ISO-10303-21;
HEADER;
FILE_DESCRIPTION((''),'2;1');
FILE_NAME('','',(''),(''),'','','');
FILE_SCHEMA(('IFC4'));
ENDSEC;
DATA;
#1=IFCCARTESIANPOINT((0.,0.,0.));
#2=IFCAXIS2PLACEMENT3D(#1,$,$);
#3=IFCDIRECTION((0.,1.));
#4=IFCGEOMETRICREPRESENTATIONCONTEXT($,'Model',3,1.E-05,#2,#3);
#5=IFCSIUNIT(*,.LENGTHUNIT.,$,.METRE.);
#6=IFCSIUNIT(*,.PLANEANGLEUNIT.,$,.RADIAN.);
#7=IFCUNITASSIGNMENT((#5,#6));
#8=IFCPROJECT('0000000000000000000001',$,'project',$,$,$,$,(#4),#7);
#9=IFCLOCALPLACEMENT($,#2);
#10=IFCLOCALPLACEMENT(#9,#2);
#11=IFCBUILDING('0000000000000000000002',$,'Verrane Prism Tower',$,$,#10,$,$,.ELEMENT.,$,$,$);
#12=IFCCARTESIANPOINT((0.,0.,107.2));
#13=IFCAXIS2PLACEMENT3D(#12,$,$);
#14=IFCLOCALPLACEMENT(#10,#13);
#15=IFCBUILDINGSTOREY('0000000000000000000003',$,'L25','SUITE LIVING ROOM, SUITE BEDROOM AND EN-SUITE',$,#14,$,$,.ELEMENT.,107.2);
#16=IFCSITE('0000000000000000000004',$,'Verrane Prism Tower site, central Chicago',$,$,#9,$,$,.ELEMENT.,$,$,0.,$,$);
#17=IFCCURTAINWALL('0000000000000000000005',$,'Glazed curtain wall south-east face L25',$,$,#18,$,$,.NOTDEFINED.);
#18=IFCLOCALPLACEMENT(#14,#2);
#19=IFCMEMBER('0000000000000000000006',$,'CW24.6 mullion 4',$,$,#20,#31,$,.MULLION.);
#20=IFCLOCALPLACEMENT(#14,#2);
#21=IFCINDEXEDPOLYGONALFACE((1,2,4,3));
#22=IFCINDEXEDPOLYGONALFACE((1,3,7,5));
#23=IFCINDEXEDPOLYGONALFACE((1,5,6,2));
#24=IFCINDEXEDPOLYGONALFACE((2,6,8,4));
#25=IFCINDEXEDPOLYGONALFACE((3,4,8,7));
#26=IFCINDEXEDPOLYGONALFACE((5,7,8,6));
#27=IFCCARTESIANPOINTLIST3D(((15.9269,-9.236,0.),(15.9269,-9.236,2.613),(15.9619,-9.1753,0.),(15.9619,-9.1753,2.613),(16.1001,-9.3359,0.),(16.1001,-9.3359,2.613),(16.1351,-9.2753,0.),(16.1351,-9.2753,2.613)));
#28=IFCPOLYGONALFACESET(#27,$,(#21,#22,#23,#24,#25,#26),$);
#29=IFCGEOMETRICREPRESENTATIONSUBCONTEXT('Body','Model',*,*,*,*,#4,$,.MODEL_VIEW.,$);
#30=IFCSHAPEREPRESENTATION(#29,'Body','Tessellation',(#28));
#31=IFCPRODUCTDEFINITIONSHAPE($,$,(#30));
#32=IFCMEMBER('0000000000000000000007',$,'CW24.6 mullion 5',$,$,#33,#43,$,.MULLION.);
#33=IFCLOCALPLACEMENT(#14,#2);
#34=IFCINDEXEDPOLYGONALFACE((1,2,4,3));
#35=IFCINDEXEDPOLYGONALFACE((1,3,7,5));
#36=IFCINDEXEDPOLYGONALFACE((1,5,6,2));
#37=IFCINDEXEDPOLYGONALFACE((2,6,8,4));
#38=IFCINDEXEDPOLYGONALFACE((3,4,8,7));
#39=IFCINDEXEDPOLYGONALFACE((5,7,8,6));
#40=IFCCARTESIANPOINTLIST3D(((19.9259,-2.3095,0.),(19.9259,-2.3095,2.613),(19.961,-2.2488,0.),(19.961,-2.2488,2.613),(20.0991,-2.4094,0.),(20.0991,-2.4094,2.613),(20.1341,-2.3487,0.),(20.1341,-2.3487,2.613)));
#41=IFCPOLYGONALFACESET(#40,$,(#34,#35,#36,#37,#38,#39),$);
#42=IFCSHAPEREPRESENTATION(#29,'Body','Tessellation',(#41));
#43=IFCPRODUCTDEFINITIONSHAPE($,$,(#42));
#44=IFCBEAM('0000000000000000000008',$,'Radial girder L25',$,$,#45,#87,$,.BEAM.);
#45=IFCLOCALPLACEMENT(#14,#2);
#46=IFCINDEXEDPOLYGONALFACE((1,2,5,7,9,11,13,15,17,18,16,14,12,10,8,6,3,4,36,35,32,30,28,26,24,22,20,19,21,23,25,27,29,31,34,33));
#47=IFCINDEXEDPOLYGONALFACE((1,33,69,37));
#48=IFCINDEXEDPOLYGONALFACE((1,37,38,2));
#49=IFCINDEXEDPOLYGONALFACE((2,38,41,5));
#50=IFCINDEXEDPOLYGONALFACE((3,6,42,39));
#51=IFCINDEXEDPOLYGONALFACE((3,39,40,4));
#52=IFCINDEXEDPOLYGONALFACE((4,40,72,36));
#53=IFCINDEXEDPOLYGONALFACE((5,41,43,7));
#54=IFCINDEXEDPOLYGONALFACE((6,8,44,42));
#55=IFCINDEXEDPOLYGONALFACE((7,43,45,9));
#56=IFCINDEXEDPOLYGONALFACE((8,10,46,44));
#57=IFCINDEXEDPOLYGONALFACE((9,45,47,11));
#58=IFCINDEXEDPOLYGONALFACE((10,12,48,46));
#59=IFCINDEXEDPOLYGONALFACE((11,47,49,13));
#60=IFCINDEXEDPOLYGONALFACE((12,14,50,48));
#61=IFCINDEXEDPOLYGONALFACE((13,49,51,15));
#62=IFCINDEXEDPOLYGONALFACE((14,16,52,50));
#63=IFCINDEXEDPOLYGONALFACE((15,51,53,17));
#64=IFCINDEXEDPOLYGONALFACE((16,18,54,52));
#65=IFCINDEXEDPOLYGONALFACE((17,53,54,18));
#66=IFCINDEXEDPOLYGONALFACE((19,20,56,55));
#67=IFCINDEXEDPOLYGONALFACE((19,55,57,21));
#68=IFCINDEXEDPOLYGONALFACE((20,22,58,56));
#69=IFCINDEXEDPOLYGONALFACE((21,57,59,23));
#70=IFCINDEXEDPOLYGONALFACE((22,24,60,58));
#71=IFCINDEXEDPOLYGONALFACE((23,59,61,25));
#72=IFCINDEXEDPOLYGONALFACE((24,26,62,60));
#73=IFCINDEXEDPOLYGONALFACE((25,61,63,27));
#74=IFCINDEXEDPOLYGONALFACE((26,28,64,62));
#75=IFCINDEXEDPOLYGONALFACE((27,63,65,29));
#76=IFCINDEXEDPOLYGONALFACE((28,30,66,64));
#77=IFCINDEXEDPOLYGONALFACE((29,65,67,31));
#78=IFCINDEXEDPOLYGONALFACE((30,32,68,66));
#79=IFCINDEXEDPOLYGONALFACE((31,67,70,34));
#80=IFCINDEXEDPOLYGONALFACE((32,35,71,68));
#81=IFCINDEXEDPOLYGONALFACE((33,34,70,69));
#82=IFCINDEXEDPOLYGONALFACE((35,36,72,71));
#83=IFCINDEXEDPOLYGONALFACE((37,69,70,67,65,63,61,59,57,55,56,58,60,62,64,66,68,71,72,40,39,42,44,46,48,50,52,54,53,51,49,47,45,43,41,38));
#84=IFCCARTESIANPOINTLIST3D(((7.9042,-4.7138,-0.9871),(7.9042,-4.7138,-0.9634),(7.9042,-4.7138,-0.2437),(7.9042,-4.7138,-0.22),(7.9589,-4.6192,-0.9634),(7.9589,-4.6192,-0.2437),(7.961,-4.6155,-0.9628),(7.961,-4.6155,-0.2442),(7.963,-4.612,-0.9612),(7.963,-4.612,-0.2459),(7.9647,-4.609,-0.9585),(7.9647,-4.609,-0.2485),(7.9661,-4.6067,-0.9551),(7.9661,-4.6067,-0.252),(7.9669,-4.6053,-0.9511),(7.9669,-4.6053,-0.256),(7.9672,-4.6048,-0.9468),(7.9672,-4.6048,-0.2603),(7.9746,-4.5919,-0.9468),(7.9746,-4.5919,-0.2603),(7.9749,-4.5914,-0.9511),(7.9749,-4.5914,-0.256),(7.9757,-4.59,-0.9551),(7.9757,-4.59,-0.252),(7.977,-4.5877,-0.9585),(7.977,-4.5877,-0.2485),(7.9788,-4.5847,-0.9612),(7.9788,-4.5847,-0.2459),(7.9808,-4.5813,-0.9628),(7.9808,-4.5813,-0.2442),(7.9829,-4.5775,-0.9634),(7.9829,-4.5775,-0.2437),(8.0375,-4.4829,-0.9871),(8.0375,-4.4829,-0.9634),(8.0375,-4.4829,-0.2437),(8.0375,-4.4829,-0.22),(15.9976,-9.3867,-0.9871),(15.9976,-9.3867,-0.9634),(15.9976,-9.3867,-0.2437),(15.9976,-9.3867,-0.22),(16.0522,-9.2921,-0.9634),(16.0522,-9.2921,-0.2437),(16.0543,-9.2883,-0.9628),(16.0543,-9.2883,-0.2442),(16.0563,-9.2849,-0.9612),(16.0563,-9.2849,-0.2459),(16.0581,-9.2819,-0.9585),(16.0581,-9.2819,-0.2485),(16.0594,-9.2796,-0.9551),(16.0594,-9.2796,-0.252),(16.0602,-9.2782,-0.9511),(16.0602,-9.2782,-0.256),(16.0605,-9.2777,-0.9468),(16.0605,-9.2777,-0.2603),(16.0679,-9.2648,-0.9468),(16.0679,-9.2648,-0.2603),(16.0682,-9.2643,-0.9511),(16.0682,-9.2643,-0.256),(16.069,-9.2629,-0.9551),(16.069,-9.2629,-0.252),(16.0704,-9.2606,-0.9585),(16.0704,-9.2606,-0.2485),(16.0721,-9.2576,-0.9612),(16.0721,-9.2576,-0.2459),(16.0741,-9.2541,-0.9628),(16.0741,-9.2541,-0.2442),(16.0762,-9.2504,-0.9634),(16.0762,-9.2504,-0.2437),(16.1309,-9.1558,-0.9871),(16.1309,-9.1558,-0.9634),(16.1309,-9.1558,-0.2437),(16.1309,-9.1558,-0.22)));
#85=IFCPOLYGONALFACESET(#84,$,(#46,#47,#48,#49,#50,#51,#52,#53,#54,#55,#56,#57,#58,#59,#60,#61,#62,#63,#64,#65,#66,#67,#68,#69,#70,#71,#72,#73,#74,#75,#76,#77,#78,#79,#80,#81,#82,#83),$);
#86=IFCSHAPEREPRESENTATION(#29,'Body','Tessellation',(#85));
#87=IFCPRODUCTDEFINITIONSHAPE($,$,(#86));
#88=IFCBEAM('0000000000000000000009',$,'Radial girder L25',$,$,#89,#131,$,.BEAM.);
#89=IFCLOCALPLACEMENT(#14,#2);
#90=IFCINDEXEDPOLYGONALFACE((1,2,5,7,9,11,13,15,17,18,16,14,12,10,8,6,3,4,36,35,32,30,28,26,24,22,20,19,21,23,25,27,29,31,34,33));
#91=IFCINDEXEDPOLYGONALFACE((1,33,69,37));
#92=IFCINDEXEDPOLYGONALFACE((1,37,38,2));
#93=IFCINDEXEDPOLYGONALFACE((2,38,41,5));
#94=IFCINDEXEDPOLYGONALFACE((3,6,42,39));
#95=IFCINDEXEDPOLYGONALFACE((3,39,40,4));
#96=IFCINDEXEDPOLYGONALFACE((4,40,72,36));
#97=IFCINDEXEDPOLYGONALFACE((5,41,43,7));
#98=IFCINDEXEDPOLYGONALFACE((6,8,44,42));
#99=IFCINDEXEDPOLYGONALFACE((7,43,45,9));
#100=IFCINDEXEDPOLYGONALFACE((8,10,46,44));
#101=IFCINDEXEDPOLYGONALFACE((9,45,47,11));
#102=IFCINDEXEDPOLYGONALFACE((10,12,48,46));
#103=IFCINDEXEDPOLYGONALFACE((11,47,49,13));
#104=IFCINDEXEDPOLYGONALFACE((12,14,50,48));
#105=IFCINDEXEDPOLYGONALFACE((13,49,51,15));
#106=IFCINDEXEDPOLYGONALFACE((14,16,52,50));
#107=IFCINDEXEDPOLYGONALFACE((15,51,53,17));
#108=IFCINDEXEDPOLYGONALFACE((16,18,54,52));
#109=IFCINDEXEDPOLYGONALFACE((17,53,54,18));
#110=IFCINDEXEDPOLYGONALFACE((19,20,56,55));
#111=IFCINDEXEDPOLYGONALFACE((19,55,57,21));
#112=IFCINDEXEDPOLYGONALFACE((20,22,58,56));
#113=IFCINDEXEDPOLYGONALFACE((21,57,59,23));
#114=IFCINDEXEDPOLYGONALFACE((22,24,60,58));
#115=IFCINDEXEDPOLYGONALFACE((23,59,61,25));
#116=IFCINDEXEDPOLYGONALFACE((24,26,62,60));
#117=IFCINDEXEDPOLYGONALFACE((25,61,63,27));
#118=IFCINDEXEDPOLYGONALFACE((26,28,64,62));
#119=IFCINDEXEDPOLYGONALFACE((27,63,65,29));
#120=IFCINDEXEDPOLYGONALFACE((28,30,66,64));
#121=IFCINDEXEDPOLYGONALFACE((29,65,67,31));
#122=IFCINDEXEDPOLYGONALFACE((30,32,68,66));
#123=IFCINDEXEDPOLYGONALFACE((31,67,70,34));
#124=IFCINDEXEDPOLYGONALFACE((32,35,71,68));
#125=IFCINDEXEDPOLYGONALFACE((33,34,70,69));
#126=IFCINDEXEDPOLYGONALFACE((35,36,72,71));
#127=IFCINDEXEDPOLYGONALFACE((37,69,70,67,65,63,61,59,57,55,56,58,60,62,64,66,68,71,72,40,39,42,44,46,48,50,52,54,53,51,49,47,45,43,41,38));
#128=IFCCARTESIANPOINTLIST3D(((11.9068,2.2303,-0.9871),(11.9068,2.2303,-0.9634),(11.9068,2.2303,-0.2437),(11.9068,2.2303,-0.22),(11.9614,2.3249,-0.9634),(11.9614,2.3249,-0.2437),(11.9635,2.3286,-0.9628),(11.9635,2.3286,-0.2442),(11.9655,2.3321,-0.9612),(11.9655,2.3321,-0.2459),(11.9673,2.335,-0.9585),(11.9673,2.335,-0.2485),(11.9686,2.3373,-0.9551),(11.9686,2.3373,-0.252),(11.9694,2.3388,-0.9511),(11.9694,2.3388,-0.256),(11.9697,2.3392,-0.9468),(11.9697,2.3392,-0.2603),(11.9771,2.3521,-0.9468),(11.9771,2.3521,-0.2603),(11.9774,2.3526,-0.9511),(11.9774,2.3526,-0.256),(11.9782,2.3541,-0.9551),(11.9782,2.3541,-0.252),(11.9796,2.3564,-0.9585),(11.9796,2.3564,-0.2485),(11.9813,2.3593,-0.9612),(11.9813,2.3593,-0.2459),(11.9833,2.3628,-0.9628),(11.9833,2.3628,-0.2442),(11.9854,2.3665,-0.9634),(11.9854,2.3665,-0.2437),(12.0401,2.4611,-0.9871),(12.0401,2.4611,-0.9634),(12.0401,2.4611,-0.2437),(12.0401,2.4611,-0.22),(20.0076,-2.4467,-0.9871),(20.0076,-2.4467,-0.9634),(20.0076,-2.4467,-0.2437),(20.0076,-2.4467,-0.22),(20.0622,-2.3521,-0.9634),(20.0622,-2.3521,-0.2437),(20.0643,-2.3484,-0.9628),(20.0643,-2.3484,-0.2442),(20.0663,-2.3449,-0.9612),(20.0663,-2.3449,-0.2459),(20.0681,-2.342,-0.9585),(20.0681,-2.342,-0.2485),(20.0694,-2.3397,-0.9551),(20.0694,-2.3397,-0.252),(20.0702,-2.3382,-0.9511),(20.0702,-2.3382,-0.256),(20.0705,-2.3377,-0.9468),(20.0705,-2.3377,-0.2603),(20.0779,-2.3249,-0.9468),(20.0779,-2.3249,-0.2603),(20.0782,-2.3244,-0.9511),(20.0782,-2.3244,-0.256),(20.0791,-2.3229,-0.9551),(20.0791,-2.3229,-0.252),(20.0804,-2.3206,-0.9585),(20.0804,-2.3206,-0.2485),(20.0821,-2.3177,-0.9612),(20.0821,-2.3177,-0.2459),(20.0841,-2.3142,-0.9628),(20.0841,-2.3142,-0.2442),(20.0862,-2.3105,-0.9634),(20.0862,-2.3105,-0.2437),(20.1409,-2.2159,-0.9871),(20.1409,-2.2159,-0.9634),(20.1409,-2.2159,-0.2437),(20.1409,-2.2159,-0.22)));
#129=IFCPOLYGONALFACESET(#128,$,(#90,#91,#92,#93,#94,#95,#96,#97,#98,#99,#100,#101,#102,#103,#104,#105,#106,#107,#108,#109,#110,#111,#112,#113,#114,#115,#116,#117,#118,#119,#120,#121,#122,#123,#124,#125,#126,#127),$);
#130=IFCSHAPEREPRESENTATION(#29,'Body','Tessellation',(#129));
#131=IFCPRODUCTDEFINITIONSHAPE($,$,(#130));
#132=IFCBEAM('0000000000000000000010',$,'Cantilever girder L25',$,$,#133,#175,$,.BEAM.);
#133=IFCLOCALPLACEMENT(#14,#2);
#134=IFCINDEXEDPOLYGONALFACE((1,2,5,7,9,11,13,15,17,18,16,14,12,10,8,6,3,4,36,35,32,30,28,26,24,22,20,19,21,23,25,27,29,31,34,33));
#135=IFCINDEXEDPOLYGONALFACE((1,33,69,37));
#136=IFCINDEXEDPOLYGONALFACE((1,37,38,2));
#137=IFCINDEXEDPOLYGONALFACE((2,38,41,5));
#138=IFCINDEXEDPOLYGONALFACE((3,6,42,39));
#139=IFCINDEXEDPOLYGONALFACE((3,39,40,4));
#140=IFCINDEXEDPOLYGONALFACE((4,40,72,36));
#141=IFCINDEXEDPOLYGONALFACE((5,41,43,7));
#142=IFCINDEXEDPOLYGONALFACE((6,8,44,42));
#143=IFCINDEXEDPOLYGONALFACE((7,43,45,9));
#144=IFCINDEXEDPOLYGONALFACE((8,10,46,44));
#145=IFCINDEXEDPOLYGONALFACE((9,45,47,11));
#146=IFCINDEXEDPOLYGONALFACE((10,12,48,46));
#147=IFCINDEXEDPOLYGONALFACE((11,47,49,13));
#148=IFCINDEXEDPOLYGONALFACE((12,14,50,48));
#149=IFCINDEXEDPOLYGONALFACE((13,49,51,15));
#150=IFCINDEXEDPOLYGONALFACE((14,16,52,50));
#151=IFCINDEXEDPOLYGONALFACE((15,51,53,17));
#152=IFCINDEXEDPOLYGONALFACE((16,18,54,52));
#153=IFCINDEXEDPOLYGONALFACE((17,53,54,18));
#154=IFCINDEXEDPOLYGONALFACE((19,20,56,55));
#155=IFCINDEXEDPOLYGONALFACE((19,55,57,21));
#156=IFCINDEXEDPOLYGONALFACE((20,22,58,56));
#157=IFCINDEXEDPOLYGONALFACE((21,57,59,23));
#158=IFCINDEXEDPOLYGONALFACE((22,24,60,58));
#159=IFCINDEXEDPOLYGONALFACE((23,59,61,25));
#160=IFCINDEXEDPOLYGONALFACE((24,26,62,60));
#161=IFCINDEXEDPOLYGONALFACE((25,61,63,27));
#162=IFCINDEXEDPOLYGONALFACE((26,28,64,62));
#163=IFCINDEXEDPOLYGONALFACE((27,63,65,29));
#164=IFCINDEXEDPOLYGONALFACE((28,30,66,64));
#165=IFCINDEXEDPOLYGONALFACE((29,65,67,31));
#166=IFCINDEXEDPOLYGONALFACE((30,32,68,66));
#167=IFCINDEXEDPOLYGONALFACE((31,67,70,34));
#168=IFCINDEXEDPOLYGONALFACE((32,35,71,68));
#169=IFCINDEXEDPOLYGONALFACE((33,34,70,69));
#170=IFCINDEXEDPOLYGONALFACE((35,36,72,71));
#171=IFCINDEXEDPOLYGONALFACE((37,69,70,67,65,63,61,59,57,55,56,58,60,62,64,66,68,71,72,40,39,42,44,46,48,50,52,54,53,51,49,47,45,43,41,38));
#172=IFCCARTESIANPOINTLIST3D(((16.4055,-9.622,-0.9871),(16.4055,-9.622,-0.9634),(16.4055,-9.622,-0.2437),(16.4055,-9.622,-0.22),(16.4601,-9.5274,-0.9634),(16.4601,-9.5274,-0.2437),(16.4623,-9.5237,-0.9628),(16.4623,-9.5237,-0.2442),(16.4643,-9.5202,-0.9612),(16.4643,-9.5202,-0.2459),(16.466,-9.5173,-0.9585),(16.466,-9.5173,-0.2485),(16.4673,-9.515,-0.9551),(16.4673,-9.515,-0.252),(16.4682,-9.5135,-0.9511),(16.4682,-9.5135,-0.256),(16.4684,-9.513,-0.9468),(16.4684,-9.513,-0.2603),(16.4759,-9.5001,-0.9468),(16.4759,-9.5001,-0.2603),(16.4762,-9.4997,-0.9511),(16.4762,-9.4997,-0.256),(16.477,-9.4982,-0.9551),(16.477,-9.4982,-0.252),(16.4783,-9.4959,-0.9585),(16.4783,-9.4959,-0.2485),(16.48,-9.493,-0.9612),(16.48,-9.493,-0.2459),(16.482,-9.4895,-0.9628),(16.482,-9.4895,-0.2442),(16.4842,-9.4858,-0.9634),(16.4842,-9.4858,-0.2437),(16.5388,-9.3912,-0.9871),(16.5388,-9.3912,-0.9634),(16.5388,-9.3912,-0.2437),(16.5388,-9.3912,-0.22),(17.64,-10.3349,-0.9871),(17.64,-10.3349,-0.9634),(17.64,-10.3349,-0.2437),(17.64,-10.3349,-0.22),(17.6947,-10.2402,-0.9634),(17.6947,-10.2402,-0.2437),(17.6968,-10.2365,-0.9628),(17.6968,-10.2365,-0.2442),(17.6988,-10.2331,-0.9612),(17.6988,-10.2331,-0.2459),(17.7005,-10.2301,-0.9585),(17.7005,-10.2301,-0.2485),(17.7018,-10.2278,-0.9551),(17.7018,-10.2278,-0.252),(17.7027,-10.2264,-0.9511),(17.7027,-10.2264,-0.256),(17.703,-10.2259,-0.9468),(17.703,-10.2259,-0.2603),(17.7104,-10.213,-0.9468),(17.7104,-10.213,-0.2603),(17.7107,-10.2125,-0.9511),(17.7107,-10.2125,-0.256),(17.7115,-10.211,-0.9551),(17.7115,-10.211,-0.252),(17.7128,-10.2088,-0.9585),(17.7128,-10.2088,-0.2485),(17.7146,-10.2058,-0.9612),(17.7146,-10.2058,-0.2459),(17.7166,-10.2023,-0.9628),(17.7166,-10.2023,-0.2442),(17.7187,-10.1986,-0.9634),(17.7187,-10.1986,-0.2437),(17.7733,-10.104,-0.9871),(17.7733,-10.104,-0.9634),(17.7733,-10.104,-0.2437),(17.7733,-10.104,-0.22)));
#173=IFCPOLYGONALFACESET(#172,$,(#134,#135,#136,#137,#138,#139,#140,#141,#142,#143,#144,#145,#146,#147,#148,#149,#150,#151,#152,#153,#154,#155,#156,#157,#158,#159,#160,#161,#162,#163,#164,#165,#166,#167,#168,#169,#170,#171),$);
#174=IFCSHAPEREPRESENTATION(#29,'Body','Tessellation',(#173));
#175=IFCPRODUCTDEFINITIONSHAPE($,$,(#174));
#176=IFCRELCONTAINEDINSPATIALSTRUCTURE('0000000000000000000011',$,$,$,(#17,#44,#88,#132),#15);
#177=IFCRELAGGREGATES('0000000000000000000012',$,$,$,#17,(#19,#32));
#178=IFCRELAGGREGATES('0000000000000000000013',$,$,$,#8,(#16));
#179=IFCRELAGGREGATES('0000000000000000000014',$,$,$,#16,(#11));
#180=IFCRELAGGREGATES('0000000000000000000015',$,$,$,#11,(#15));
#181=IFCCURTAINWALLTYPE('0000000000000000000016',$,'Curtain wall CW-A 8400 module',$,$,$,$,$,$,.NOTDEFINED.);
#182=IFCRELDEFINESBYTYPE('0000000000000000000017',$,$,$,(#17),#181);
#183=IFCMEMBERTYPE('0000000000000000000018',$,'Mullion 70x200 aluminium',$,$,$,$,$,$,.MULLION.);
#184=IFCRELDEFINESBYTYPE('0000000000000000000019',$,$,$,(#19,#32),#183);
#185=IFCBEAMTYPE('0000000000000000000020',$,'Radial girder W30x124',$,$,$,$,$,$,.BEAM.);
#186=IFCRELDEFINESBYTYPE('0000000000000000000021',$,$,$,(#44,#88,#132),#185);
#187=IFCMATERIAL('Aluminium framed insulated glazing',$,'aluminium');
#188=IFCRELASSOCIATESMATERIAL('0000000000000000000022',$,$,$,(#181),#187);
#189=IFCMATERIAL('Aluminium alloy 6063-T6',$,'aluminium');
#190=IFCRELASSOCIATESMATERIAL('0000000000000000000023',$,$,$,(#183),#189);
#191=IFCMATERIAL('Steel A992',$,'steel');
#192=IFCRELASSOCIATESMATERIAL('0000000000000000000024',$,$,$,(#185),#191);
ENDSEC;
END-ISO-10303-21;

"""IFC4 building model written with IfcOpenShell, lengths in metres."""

from ifc_helpers import new_model, si_unit, direction, frame, origin, origin_2d, place, context, subcontext, project, spatial, rectangle, i_section, extrude, material, material_profile, profile_set, type_object, element, aggregate, save


model = new_model("IFC4")

# Units and contexts
model_context = context("Model", 3, precision=1e-05, world=origin(), true_north=direction((0.0, 1.0)))
body_context = subcontext(model_context, "Body", "Model", "MODEL_VIEW")
ifc_project = project(units=[si_unit("LENGTHUNIT", "METRE"), si_unit("PLANEANGLEUNIT", "RADIAN")], contexts=[model_context])

# Site, building, storey
site_placement = place(None, origin())
site = spatial("IfcSite", under=ifc_project, at=site_placement, Name="Verrane Prism Tower site, central Chicago", CompositionType="ELEMENT", RefElevation=0.0)
building_placement = place(site_placement, origin())
building = spatial("IfcBuilding", under=site, at=building_placement, Name="Verrane Prism Tower", CompositionType="ELEMENT")
storey_placement = place(building_placement, frame((0.0, 0.0, 107.2)))
storey = spatial("IfcBuildingStorey", under=building, at=storey_placement, Name="L25", Description="SUITE LIVING ROOM, SUITE BEDROOM AND EN-SUITE", CompositionType="ELEMENT", Elevation=107.2)

# Curtain wall, members
ifc_material_1 = material(Name="Aluminium framed insulated glazing", Category="aluminium")
curtain_wall_type = type_object("IfcCurtainWallType", Name="Curtain wall CW-A 8400 module", PredefinedType="NOTDEFINED", material=ifc_material_1)
curtain_wall_placement = place(storey_placement, origin())
curtain_wall = element("IfcCurtainWall", 1, at=curtain_wall_placement, inside=storey, type_object=curtain_wall_type, Name="Glazed curtain wall south-east face L25", PredefinedType="NOTDEFINED")
ifc_material_2 = material(Name="Aluminium alloy 6063-T6", Category="aluminium")
ifc_material_profile_1 = material_profile(ifc_material_2, rectangle(XDim=0.2, YDim=0.0701, at=origin_2d()), Name="Mullion 70x200 aluminium")
ifc_profile_set_1 = profile_set([ifc_material_profile_1], Name="Aluminium alloy 6063-T6")
member_type_1 = type_object("IfcMemberType", Name="Mullion 70x200 aluminium", PredefinedType="MULLION", material=ifc_profile_set_1)
member_1_placement = place(storey_placement, frame((16.031, -9.2556, 0.0), z_axis=(0.0, 0.0, 1.0), x_axis=(-0.866025, 0.5, 0.0)))
member_1 = element("IfcMember", 2, at=member_1_placement, type_object=member_type_1, Name="CW24.6 mullion 4", PredefinedType="MULLION", context=body_context, shape_type="SweptSolid", body=[
    extrude(rectangle(XDim=0.2, YDim=0.0701, at=origin_2d()), origin(), (0.0, 0.0, 1.0), 2.613),
])
member_2_placement = place(storey_placement, frame((20.03, -2.3291, 0.0), z_axis=(0.0, 0.0, 1.0), x_axis=(-0.866025, 0.5, 0.0)))
member_2 = element("IfcMember", 3, at=member_2_placement, type_object=member_type_1, Name="CW24.6 mullion 5", PredefinedType="MULLION", context=body_context, shape_type="SweptSolid", body=[
    extrude(rectangle(XDim=0.2, YDim=0.0701, at=origin_2d()), origin(), (0.0, 0.0, 1.0), 2.613),
])

# Beams
ifc_material_3 = material(Name="Steel A992", Category="steel")
ifc_material_profile_2 = material_profile(ifc_material_3, i_section(OverallWidth=0.2666, OverallDepth=0.7671, WebThickness=0.0149, FlangeThickness=0.0237, FilletRadius=0.0166, at=origin_2d()), Name="W30x124")
ifc_profile_set_2 = profile_set([ifc_material_profile_2], Name="Steel A992")
beam_type_1 = type_object("IfcBeamType", Name="Radial girder W30x124", PredefinedType="BEAM", material=ifc_profile_set_2)
beam_1_placement = place(storey_placement, frame((16.0642, -9.2712, -0.6035), z_axis=(-0.866016, 0.500016, 0.0), x_axis=(-0.500016, -0.866016, 0.0)))
element("IfcBeam", 4, at=beam_1_placement, inside=storey, type_object=beam_type_1, Name="Radial girder L25", PredefinedType="BEAM", context=body_context, shape_type="SweptSolid", body=[
    extrude(i_section(OverallWidth=0.2666, OverallDepth=0.7671, WebThickness=0.0149, FlangeThickness=0.0237, FilletRadius=0.0166, at=origin_2d()), origin(), (0.0, 0.0, 1.0), 9.3455),
])
beam_2_placement = place(storey_placement, frame((20.0742, -2.3313, -0.6035), z_axis=(-0.866026, 0.499999, 0.0), x_axis=(-0.499999, -0.866026, 0.0)))
element("IfcBeam", 5, at=beam_2_placement, inside=storey, type_object=beam_type_1, Name="Radial girder L25", PredefinedType="BEAM", context=body_context, shape_type="SweptSolid", body=[
    extrude(i_section(OverallWidth=0.2666, OverallDepth=0.7671, WebThickness=0.0149, FlangeThickness=0.0237, FilletRadius=0.0166, at=origin_2d()), origin(), (0.0, 0.0, 1.0), 9.354),
])
beam_3_placement = place(storey_placement, frame((16.4722, -9.5066, -0.6035), z_axis=(0.866, -0.500044, 0.0), x_axis=(0.500044, 0.866, 0.0)))
element("IfcBeam", 6, at=beam_3_placement, inside=storey, type_object=beam_type_1, Name="Cantilever girder L25", PredefinedType="BEAM", context=body_context, shape_type="SweptSolid", body=[
    extrude(i_section(OverallWidth=0.2666, OverallDepth=0.7671, WebThickness=0.0149, FlangeThickness=0.0237, FilletRadius=0.0166, at=origin_2d()), origin(), (0.0, 0.0, 1.0), 1.4255),
])

aggregate(curtain_wall, [member_1, member_2])

save(model, "model.ifc")
